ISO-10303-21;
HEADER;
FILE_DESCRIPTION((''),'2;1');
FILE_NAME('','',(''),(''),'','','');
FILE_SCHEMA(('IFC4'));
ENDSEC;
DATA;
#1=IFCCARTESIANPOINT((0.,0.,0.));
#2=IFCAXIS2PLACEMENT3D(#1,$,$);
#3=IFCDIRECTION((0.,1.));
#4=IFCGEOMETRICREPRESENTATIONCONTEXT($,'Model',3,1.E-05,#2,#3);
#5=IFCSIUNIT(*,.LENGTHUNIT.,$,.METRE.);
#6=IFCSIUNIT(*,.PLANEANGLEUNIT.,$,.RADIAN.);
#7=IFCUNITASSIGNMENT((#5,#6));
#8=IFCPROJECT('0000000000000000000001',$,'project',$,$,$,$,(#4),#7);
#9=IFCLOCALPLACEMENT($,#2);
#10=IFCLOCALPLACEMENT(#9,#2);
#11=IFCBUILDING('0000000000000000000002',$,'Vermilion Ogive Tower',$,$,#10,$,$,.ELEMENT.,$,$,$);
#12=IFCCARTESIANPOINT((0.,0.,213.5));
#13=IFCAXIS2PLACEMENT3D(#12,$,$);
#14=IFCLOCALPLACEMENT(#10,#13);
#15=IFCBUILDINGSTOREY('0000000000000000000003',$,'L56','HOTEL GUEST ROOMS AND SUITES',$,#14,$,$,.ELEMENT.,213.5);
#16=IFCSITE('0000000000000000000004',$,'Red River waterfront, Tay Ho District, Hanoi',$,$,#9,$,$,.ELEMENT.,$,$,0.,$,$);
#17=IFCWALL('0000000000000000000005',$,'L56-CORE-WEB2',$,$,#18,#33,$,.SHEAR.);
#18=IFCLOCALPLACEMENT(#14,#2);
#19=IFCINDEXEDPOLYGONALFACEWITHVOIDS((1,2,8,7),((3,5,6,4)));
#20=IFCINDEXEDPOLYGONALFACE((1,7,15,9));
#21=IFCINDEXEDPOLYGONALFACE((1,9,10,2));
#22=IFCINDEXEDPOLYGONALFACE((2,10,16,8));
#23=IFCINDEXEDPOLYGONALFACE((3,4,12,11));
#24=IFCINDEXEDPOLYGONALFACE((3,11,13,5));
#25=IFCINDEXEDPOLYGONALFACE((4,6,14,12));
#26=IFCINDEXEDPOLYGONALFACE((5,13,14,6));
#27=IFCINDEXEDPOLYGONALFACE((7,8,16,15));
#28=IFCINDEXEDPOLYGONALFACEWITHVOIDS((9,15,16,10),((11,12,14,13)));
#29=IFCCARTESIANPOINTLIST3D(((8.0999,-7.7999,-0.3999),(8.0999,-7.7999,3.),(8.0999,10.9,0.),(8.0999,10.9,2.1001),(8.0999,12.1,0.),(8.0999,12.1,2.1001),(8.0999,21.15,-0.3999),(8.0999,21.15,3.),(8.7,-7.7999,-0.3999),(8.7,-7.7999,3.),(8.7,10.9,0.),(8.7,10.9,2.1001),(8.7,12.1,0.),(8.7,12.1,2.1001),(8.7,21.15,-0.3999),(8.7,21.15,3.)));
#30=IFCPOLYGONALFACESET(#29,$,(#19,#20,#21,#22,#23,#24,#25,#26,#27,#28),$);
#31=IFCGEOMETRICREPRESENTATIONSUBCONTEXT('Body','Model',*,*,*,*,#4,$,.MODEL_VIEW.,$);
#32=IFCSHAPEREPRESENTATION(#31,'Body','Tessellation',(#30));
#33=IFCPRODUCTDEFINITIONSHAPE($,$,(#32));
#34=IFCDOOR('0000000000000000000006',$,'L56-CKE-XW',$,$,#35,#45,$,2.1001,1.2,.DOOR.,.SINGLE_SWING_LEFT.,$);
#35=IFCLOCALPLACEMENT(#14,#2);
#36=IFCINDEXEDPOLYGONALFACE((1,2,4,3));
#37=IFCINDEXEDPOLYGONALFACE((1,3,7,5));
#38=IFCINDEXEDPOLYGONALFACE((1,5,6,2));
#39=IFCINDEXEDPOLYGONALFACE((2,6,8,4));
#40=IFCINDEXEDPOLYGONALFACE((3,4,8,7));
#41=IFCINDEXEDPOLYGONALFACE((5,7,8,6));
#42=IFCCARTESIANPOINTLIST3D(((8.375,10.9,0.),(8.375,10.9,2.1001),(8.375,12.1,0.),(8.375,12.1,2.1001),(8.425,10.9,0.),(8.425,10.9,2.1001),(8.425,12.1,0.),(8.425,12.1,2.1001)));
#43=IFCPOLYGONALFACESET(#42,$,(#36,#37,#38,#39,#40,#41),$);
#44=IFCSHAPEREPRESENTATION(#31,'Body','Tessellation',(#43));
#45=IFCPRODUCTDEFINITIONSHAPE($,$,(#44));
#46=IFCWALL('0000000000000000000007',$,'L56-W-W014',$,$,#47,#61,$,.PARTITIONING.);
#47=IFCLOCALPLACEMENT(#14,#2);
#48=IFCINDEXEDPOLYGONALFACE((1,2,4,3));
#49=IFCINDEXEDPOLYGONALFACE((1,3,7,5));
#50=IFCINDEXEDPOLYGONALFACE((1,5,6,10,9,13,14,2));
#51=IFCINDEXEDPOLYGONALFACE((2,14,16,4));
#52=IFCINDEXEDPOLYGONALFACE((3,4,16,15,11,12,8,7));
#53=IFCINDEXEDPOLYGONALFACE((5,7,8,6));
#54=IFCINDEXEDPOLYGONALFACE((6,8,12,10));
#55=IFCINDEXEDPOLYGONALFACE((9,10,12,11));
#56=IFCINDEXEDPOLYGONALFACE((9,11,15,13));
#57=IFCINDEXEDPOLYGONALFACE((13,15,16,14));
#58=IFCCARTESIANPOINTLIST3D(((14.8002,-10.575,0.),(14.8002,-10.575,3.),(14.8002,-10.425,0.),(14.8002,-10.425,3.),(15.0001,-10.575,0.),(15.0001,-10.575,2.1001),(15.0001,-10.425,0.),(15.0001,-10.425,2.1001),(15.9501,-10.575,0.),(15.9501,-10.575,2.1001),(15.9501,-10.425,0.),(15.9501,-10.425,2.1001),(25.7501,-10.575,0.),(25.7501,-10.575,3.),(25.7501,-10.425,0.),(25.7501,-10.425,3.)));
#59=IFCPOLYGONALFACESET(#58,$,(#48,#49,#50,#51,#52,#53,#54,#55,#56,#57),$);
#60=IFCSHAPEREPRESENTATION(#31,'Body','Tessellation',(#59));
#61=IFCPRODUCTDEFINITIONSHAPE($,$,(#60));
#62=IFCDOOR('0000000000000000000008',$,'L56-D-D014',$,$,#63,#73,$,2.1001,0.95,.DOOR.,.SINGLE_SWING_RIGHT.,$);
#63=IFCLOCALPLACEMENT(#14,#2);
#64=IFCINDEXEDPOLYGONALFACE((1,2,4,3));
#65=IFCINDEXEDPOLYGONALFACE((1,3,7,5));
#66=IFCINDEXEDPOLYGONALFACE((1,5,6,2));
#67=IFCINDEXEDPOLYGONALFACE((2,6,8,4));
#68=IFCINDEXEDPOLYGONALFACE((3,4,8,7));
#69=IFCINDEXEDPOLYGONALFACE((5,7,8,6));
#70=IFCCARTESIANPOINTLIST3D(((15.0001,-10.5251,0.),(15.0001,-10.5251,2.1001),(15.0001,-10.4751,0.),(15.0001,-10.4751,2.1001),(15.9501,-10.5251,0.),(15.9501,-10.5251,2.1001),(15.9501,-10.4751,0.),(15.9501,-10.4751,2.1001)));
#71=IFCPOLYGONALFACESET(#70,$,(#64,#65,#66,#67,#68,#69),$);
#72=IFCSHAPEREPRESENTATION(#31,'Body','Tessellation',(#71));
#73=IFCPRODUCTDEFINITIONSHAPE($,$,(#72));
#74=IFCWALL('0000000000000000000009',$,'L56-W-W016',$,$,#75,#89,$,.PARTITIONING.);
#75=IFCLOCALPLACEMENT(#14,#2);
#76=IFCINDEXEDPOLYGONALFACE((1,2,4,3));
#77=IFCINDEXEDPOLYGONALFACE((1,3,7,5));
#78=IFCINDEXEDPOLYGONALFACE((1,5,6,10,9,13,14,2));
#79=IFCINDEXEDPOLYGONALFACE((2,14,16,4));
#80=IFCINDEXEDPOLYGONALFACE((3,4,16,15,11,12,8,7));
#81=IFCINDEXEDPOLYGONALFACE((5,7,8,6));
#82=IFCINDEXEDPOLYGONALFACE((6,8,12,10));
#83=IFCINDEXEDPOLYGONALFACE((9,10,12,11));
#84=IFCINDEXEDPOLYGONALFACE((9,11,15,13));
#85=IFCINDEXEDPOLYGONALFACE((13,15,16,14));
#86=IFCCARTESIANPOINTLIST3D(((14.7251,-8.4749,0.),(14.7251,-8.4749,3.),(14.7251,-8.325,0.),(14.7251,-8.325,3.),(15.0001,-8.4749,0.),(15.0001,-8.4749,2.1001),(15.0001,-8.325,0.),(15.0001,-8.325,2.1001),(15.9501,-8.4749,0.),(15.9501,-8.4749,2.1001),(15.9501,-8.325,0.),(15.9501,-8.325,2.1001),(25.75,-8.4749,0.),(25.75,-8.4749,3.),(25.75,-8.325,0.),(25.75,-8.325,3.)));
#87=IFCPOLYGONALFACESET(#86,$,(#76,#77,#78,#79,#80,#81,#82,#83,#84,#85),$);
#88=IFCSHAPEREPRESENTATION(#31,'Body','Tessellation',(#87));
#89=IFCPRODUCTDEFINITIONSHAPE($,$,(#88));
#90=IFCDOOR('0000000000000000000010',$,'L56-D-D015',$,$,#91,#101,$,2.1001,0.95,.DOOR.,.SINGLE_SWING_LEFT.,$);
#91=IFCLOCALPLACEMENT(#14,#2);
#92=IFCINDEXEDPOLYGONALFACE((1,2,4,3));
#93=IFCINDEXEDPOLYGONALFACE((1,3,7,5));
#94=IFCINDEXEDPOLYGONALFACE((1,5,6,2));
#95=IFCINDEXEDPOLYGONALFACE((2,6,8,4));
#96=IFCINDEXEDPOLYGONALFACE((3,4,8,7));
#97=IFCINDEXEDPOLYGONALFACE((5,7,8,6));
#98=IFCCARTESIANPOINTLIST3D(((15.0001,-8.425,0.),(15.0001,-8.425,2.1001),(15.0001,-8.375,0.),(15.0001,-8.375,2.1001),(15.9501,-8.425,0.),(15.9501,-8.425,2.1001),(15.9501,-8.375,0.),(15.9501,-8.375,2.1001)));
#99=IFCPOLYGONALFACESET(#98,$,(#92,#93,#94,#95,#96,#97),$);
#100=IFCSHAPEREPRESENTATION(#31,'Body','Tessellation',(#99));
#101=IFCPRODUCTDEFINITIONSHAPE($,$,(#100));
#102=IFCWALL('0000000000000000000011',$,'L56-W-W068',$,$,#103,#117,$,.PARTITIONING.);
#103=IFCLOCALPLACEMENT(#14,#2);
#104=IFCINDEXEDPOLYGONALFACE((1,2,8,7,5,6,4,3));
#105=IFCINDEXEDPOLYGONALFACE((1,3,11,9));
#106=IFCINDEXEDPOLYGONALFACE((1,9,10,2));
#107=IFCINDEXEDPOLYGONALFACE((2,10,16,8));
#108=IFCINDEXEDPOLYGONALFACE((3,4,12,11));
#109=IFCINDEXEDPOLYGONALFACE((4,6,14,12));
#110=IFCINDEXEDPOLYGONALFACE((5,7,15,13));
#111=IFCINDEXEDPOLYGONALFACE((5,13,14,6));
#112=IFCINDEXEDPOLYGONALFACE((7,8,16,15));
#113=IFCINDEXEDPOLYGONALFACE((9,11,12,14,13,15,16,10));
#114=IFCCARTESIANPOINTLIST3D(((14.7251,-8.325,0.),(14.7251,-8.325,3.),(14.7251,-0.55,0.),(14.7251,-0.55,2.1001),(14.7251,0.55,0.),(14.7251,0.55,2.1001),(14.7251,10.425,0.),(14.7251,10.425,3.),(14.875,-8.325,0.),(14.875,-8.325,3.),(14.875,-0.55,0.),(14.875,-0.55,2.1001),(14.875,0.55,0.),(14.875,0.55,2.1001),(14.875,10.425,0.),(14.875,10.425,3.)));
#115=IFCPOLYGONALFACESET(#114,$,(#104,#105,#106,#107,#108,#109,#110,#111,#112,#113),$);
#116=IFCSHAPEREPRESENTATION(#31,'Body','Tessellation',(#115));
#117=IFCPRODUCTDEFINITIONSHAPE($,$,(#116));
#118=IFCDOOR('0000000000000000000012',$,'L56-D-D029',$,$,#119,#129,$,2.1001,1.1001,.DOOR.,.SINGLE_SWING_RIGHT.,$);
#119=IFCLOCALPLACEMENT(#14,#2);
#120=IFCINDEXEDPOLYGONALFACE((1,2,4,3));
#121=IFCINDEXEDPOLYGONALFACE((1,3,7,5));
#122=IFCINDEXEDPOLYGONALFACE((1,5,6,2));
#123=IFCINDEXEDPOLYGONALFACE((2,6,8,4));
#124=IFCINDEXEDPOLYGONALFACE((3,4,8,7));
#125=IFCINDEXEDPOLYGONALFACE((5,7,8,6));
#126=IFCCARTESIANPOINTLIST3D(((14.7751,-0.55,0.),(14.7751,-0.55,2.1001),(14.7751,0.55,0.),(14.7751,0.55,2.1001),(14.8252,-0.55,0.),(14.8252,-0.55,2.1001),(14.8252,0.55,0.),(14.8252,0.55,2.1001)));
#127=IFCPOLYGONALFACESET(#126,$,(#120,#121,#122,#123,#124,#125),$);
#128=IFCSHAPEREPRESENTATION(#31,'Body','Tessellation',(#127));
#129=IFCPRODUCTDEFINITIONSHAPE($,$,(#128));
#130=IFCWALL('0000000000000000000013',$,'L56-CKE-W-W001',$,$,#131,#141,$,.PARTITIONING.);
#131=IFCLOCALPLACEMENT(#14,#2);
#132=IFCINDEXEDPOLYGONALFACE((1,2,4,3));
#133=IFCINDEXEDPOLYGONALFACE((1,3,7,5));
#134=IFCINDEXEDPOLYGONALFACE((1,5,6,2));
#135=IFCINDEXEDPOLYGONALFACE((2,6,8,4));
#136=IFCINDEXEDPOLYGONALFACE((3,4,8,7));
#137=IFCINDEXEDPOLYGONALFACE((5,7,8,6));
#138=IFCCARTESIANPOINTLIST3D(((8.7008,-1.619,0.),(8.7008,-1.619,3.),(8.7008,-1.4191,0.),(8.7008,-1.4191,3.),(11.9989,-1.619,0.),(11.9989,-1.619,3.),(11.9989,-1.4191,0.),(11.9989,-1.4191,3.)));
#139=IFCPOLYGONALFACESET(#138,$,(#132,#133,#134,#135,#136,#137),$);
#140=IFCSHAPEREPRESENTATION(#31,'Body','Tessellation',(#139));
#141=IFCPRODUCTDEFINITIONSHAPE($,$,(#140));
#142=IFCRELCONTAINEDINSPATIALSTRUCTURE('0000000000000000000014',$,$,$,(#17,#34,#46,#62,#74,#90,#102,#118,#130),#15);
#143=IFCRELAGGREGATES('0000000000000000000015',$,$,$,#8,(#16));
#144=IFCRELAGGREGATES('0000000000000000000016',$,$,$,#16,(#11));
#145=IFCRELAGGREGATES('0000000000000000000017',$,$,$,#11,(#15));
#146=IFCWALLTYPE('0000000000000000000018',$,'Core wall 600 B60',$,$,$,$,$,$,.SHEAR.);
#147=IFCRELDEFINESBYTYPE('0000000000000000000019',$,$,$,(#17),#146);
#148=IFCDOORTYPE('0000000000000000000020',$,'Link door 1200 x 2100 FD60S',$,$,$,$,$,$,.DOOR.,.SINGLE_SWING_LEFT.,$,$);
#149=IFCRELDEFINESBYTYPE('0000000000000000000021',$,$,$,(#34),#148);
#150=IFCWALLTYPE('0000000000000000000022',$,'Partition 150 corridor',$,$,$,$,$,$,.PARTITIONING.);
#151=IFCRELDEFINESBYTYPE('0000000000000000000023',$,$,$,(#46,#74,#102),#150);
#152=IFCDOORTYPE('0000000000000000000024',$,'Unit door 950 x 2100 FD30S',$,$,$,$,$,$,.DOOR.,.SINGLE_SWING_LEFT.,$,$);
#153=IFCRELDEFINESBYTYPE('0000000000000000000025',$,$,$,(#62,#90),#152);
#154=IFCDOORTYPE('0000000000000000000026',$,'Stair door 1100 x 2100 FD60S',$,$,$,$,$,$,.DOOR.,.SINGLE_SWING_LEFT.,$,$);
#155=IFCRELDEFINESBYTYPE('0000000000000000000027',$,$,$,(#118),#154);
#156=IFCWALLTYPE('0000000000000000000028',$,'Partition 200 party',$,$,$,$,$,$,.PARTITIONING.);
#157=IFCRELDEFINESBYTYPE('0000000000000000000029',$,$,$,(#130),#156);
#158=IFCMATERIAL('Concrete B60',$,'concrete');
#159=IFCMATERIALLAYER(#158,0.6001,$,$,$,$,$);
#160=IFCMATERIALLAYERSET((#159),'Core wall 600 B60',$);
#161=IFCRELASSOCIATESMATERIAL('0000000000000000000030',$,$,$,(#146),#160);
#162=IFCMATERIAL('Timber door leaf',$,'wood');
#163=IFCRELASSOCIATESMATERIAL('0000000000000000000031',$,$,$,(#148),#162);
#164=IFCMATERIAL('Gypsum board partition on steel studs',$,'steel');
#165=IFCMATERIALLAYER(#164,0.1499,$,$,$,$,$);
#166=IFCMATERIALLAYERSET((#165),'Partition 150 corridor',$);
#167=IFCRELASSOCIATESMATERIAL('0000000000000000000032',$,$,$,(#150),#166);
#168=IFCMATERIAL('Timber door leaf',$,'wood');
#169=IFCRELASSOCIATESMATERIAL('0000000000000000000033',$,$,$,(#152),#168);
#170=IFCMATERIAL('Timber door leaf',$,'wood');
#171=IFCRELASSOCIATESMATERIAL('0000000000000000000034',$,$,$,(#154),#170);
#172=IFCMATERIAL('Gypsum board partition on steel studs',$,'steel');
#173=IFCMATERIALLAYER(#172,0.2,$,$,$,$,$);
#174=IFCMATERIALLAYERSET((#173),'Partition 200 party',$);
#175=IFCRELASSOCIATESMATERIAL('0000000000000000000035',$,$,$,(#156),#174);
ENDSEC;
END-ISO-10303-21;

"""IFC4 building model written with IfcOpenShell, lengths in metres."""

from ifc_helpers import new_model, si_unit, direction, frame, frame_2d, origin, place, context, subcontext, project, spatial, rectangle, extrude, material, layer, layer_set, type_object, element, fill, save


model = new_model("IFC4")

# Units and contexts
model_context = context("Model", 3, precision=1e-05, world=origin(), true_north=direction((0.0, 1.0)))
body_context = subcontext(model_context, "Body", "Model", "MODEL_VIEW")
ifc_project = project(units=[si_unit("LENGTHUNIT", "METRE"), si_unit("PLANEANGLEUNIT", "RADIAN")], contexts=[model_context])

# Site, building, storey
site_placement = place(None, origin())
site = spatial("IfcSite", under=ifc_project, at=site_placement, Name="Red River waterfront, Tay Ho District, Hanoi", CompositionType="ELEMENT", RefElevation=0.0)
building_placement = place(site_placement, origin())
building = spatial("IfcBuilding", under=site, at=building_placement, Name="Vermilion Ogive Tower", CompositionType="ELEMENT")
storey_placement = place(building_placement, frame((0.0, 0.0, 213.5)))
storey = spatial("IfcBuildingStorey", under=building, at=storey_placement, Name="L56", Description="HOTEL GUEST ROOMS AND SUITES", CompositionType="ELEMENT", Elevation=213.5)

# Shared definitions
ifc_material_1 = material(Name="Concrete B60", Category="concrete")
ifc_layer_1 = layer(ifc_material_1, 0.6001)
ifc_layer_set_1 = layer_set([ifc_layer_1], Name="Core wall 600 B60")
wall_type_1 = type_object("IfcWallType", Name="Core wall 600 B60", PredefinedType="SHEAR", material=ifc_layer_set_1)
ifc_material_2 = material(Name="Timber door leaf", Category="wood")
door_type_1 = type_object("IfcDoorType", Name="Link door 1200 x 2100 FD60S", OperationType="SINGLE_SWING_LEFT", PredefinedType="DOOR", material=ifc_material_2)

# Walls, openings, doors
wall_1_placement = place(storey_placement, frame((8.3999, -7.8, -0.3999), z_axis=(0.0, 0.0, 1.0), x_axis=(0.0, 1.0, 0.0)))
wall_1 = element("IfcWall", 1, at=wall_1_placement, inside=storey, type_object=wall_type_1, Name="L56-CORE-WEB2", PredefinedType="SHEAR", context=body_context, shape_type="SweptSolid", body=[
    extrude(rectangle(XDim=28.95, YDim=0.6001, at=frame_2d((14.4751, 0.0))), origin(), (0.0, 0.0, 1.0), 3.3999),
])
opening_1_placement = place(wall_1_placement, frame((18.7, 0.0, 0.3999)))
opening_1 = element("IfcOpeningElement", 2, at=opening_1_placement, cuts=wall_1, PredefinedType="OPENING", context=body_context, shape_type="SweptSolid", body=[
    extrude(rectangle(XDim=1.2, YDim=2.1001, at=frame_2d((0.6001, 1.05))), frame((0.0, 0.3101, 0.0), z_axis=(0.0, -1.0, 0.0), x_axis=(1.0, 0.0, 0.0)), (0.0, 0.0, 1.0), 0.6201),
])
door_1_placement = place(opening_1_placement, origin())
door_1 = element("IfcDoor", 3, at=door_1_placement, inside=storey, type_object=door_type_1, Name="L56-CKE-XW", OperationType="SINGLE_SWING_LEFT", OverallHeight=2.1001, OverallWidth=1.2, PredefinedType="DOOR", context=body_context, shape_type="SweptSolid", body=[
    extrude(rectangle(XDim=1.2, YDim=2.1001, at=frame_2d((0.6001, 1.05))), frame((0.0, 0.0249, 0.0), z_axis=(0.0, -1.0, 0.0), x_axis=(1.0, 0.0, 0.0)), (0.0, 0.0, 1.0), 0.05),
])
fill(opening_1, door_1)
ifc_material_3 = material(Name="Gypsum board partition on steel studs", Category="steel")
ifc_layer_2 = layer(ifc_material_3, 0.1499)
ifc_layer_set_2 = layer_set([ifc_layer_2], Name="Partition 150 corridor")
wall_type_2 = type_object("IfcWallType", Name="Partition 150 corridor", PredefinedType="PARTITIONING", material=ifc_layer_set_2)
wall_2_placement = place(storey_placement, frame((14.8, -10.5, 0.0), z_axis=(0.0, 0.0, 1.0), x_axis=(1.0, 0.0, 0.0)))
wall_2 = element("IfcWall", 4, at=wall_2_placement, inside=storey, type_object=wall_type_2, Name="L56-W-W014", PredefinedType="PARTITIONING", context=body_context, shape_type="SweptSolid", body=[
    extrude(rectangle(XDim=10.95, YDim=0.1499, at=frame_2d((5.4751, 0.0))), origin(), (0.0, 0.0, 1.0), 3.0),
])
opening_2_placement = place(wall_2_placement, frame((0.2, 0.0, 0.0)))
opening_2 = element("IfcOpeningElement", 5, at=opening_2_placement, cuts=wall_2, PredefinedType="OPENING", context=body_context, shape_type="SweptSolid", body=[
    extrude(rectangle(XDim=0.95, YDim=2.1001, at=frame_2d((0.4751, 1.05))), frame((0.0, 0.085, 0.0), z_axis=(0.0, -1.0, 0.0), x_axis=(1.0, 0.0, 0.0)), (0.0, 0.0, 1.0), 0.1699),
])
ifc_material_4 = material(Name="Timber door leaf", Category="wood")
door_type_2 = type_object("IfcDoorType", Name="Unit door 950 x 2100 FD30S", OperationType="SINGLE_SWING_LEFT", PredefinedType="DOOR", material=ifc_material_4)
door_2_placement = place(opening_2_placement, origin())
door_2 = element("IfcDoor", 6, at=door_2_placement, inside=storey, type_object=door_type_2, Name="L56-D-D014", OperationType="SINGLE_SWING_RIGHT", OverallHeight=2.1001, OverallWidth=0.95, PredefinedType="DOOR", context=body_context, shape_type="SweptSolid", body=[
    extrude(rectangle(XDim=0.95, YDim=2.1001, at=frame_2d((0.4751, 1.05))), frame((0.0, 0.0249, 0.0), z_axis=(0.0, -1.0, 0.0), x_axis=(1.0, 0.0, 0.0)), (0.0, 0.0, 1.0), 0.05),
])
fill(opening_2, door_2)
wall_3_placement = place(storey_placement, frame((14.7251, -8.3999, 0.0), z_axis=(0.0, 0.0, 1.0), x_axis=(1.0, 0.0, 0.0)))
wall_3 = element("IfcWall", 7, at=wall_3_placement, inside=storey, type_object=wall_type_2, Name="L56-W-W016", PredefinedType="PARTITIONING", context=body_context, shape_type="SweptSolid", body=[
    extrude(rectangle(XDim=11.0249, YDim=0.1499, at=frame_2d((5.5125, 0.0))), origin(), (0.0, 0.0, 1.0), 3.0),
])
opening_3_placement = place(wall_3_placement, frame((0.2749, 0.0, 0.0)))
opening_3 = element("IfcOpeningElement", 8, at=opening_3_placement, cuts=wall_3, PredefinedType="OPENING", context=body_context, shape_type="SweptSolid", body=[
    extrude(rectangle(XDim=0.95, YDim=2.1001, at=frame_2d((0.4751, 1.05))), frame((0.0, 0.085, 0.0), z_axis=(0.0, -1.0, 0.0), x_axis=(1.0, 0.0, 0.0)), (0.0, 0.0, 1.0), 0.1699),
])
door_3_placement = place(opening_3_placement, origin())
door_3 = element("IfcDoor", 9, at=door_3_placement, inside=storey, type_object=door_type_2, Name="L56-D-D015", OperationType="SINGLE_SWING_LEFT", OverallHeight=2.1001, OverallWidth=0.95, PredefinedType="DOOR", context=body_context, shape_type="SweptSolid", body=[
    extrude(rectangle(XDim=0.95, YDim=2.1001, at=frame_2d((0.4751, 1.05))), frame((0.0, 0.0249, 0.0), z_axis=(0.0, -1.0, 0.0), x_axis=(1.0, 0.0, 0.0)), (0.0, 0.0, 1.0), 0.05),
])
fill(opening_3, door_3)
wall_4_placement = place(storey_placement, frame((14.8, -8.325, 0.0), z_axis=(0.0, 0.0, 1.0), x_axis=(0.0, 1.0, 0.0)))
wall_4 = element("IfcWall", 10, at=wall_4_placement, inside=storey, type_object=wall_type_2, Name="L56-W-W068", PredefinedType="PARTITIONING", context=body_context, shape_type="SweptSolid", body=[
    extrude(rectangle(XDim=18.75, YDim=0.1499, at=frame_2d((9.375, 0.0))), origin(), (0.0, 0.0, 1.0), 3.0),
])
opening_4_placement = place(wall_4_placement, frame((7.7749, 0.0, 0.0)))
opening_4 = element("IfcOpeningElement", 11, at=opening_4_placement, cuts=wall_4, PredefinedType="OPENING", context=body_context, shape_type="SweptSolid", body=[
    extrude(rectangle(XDim=1.1001, YDim=2.1001, at=frame_2d((0.55, 1.05))), frame((0.0, 0.085, 0.0), z_axis=(0.0, -1.0, 0.0), x_axis=(1.0, 0.0, 0.0)), (0.0, 0.0, 1.0), 0.1699),
])
ifc_material_5 = material(Name="Timber door leaf", Category="wood")
door_type_3 = type_object("IfcDoorType", Name="Stair door 1100 x 2100 FD60S", OperationType="SINGLE_SWING_LEFT", PredefinedType="DOOR", material=ifc_material_5)
door_4_placement = place(opening_4_placement, origin())
door_4 = element("IfcDoor", 12, at=door_4_placement, inside=storey, type_object=door_type_3, Name="L56-D-D029", OperationType="SINGLE_SWING_RIGHT", OverallHeight=2.1001, OverallWidth=1.1001, PredefinedType="DOOR", context=body_context, shape_type="SweptSolid", body=[
    extrude(rectangle(XDim=1.1001, YDim=2.1001, at=frame_2d((0.55, 1.05))), frame((0.0, 0.0249, 0.0), z_axis=(0.0, -1.0, 0.0), x_axis=(1.0, 0.0, 0.0)), (0.0, 0.0, 1.0), 0.05),
])
fill(opening_4, door_4)

# Wall
ifc_material_6 = material(Name="Gypsum board partition on steel studs", Category="steel")
ifc_layer_3 = layer(ifc_material_6, 0.2)
ifc_layer_set_3 = layer_set([ifc_layer_3], Name="Partition 200 party")
wall_type_3 = type_object("IfcWallType", Name="Partition 200 party", PredefinedType="PARTITIONING", material=ifc_layer_set_3)
wall_5_placement = place(storey_placement, frame((8.7009, -1.519, 0.0), z_axis=(0.0, 0.0, 1.0), x_axis=(1.0, 0.0, 0.0)))
element("IfcWall", 13, at=wall_5_placement, inside=storey, type_object=wall_type_3, Name="L56-CKE-W-W001", PredefinedType="PARTITIONING", context=body_context, shape_type="SweptSolid", body=[
    extrude(rectangle(XDim=3.2981, YDim=0.2, at=frame_2d((1.6489, 0.0))), origin(), (0.0, 0.0, 1.0), 3.0),
])

save(model, "model.ifc")
